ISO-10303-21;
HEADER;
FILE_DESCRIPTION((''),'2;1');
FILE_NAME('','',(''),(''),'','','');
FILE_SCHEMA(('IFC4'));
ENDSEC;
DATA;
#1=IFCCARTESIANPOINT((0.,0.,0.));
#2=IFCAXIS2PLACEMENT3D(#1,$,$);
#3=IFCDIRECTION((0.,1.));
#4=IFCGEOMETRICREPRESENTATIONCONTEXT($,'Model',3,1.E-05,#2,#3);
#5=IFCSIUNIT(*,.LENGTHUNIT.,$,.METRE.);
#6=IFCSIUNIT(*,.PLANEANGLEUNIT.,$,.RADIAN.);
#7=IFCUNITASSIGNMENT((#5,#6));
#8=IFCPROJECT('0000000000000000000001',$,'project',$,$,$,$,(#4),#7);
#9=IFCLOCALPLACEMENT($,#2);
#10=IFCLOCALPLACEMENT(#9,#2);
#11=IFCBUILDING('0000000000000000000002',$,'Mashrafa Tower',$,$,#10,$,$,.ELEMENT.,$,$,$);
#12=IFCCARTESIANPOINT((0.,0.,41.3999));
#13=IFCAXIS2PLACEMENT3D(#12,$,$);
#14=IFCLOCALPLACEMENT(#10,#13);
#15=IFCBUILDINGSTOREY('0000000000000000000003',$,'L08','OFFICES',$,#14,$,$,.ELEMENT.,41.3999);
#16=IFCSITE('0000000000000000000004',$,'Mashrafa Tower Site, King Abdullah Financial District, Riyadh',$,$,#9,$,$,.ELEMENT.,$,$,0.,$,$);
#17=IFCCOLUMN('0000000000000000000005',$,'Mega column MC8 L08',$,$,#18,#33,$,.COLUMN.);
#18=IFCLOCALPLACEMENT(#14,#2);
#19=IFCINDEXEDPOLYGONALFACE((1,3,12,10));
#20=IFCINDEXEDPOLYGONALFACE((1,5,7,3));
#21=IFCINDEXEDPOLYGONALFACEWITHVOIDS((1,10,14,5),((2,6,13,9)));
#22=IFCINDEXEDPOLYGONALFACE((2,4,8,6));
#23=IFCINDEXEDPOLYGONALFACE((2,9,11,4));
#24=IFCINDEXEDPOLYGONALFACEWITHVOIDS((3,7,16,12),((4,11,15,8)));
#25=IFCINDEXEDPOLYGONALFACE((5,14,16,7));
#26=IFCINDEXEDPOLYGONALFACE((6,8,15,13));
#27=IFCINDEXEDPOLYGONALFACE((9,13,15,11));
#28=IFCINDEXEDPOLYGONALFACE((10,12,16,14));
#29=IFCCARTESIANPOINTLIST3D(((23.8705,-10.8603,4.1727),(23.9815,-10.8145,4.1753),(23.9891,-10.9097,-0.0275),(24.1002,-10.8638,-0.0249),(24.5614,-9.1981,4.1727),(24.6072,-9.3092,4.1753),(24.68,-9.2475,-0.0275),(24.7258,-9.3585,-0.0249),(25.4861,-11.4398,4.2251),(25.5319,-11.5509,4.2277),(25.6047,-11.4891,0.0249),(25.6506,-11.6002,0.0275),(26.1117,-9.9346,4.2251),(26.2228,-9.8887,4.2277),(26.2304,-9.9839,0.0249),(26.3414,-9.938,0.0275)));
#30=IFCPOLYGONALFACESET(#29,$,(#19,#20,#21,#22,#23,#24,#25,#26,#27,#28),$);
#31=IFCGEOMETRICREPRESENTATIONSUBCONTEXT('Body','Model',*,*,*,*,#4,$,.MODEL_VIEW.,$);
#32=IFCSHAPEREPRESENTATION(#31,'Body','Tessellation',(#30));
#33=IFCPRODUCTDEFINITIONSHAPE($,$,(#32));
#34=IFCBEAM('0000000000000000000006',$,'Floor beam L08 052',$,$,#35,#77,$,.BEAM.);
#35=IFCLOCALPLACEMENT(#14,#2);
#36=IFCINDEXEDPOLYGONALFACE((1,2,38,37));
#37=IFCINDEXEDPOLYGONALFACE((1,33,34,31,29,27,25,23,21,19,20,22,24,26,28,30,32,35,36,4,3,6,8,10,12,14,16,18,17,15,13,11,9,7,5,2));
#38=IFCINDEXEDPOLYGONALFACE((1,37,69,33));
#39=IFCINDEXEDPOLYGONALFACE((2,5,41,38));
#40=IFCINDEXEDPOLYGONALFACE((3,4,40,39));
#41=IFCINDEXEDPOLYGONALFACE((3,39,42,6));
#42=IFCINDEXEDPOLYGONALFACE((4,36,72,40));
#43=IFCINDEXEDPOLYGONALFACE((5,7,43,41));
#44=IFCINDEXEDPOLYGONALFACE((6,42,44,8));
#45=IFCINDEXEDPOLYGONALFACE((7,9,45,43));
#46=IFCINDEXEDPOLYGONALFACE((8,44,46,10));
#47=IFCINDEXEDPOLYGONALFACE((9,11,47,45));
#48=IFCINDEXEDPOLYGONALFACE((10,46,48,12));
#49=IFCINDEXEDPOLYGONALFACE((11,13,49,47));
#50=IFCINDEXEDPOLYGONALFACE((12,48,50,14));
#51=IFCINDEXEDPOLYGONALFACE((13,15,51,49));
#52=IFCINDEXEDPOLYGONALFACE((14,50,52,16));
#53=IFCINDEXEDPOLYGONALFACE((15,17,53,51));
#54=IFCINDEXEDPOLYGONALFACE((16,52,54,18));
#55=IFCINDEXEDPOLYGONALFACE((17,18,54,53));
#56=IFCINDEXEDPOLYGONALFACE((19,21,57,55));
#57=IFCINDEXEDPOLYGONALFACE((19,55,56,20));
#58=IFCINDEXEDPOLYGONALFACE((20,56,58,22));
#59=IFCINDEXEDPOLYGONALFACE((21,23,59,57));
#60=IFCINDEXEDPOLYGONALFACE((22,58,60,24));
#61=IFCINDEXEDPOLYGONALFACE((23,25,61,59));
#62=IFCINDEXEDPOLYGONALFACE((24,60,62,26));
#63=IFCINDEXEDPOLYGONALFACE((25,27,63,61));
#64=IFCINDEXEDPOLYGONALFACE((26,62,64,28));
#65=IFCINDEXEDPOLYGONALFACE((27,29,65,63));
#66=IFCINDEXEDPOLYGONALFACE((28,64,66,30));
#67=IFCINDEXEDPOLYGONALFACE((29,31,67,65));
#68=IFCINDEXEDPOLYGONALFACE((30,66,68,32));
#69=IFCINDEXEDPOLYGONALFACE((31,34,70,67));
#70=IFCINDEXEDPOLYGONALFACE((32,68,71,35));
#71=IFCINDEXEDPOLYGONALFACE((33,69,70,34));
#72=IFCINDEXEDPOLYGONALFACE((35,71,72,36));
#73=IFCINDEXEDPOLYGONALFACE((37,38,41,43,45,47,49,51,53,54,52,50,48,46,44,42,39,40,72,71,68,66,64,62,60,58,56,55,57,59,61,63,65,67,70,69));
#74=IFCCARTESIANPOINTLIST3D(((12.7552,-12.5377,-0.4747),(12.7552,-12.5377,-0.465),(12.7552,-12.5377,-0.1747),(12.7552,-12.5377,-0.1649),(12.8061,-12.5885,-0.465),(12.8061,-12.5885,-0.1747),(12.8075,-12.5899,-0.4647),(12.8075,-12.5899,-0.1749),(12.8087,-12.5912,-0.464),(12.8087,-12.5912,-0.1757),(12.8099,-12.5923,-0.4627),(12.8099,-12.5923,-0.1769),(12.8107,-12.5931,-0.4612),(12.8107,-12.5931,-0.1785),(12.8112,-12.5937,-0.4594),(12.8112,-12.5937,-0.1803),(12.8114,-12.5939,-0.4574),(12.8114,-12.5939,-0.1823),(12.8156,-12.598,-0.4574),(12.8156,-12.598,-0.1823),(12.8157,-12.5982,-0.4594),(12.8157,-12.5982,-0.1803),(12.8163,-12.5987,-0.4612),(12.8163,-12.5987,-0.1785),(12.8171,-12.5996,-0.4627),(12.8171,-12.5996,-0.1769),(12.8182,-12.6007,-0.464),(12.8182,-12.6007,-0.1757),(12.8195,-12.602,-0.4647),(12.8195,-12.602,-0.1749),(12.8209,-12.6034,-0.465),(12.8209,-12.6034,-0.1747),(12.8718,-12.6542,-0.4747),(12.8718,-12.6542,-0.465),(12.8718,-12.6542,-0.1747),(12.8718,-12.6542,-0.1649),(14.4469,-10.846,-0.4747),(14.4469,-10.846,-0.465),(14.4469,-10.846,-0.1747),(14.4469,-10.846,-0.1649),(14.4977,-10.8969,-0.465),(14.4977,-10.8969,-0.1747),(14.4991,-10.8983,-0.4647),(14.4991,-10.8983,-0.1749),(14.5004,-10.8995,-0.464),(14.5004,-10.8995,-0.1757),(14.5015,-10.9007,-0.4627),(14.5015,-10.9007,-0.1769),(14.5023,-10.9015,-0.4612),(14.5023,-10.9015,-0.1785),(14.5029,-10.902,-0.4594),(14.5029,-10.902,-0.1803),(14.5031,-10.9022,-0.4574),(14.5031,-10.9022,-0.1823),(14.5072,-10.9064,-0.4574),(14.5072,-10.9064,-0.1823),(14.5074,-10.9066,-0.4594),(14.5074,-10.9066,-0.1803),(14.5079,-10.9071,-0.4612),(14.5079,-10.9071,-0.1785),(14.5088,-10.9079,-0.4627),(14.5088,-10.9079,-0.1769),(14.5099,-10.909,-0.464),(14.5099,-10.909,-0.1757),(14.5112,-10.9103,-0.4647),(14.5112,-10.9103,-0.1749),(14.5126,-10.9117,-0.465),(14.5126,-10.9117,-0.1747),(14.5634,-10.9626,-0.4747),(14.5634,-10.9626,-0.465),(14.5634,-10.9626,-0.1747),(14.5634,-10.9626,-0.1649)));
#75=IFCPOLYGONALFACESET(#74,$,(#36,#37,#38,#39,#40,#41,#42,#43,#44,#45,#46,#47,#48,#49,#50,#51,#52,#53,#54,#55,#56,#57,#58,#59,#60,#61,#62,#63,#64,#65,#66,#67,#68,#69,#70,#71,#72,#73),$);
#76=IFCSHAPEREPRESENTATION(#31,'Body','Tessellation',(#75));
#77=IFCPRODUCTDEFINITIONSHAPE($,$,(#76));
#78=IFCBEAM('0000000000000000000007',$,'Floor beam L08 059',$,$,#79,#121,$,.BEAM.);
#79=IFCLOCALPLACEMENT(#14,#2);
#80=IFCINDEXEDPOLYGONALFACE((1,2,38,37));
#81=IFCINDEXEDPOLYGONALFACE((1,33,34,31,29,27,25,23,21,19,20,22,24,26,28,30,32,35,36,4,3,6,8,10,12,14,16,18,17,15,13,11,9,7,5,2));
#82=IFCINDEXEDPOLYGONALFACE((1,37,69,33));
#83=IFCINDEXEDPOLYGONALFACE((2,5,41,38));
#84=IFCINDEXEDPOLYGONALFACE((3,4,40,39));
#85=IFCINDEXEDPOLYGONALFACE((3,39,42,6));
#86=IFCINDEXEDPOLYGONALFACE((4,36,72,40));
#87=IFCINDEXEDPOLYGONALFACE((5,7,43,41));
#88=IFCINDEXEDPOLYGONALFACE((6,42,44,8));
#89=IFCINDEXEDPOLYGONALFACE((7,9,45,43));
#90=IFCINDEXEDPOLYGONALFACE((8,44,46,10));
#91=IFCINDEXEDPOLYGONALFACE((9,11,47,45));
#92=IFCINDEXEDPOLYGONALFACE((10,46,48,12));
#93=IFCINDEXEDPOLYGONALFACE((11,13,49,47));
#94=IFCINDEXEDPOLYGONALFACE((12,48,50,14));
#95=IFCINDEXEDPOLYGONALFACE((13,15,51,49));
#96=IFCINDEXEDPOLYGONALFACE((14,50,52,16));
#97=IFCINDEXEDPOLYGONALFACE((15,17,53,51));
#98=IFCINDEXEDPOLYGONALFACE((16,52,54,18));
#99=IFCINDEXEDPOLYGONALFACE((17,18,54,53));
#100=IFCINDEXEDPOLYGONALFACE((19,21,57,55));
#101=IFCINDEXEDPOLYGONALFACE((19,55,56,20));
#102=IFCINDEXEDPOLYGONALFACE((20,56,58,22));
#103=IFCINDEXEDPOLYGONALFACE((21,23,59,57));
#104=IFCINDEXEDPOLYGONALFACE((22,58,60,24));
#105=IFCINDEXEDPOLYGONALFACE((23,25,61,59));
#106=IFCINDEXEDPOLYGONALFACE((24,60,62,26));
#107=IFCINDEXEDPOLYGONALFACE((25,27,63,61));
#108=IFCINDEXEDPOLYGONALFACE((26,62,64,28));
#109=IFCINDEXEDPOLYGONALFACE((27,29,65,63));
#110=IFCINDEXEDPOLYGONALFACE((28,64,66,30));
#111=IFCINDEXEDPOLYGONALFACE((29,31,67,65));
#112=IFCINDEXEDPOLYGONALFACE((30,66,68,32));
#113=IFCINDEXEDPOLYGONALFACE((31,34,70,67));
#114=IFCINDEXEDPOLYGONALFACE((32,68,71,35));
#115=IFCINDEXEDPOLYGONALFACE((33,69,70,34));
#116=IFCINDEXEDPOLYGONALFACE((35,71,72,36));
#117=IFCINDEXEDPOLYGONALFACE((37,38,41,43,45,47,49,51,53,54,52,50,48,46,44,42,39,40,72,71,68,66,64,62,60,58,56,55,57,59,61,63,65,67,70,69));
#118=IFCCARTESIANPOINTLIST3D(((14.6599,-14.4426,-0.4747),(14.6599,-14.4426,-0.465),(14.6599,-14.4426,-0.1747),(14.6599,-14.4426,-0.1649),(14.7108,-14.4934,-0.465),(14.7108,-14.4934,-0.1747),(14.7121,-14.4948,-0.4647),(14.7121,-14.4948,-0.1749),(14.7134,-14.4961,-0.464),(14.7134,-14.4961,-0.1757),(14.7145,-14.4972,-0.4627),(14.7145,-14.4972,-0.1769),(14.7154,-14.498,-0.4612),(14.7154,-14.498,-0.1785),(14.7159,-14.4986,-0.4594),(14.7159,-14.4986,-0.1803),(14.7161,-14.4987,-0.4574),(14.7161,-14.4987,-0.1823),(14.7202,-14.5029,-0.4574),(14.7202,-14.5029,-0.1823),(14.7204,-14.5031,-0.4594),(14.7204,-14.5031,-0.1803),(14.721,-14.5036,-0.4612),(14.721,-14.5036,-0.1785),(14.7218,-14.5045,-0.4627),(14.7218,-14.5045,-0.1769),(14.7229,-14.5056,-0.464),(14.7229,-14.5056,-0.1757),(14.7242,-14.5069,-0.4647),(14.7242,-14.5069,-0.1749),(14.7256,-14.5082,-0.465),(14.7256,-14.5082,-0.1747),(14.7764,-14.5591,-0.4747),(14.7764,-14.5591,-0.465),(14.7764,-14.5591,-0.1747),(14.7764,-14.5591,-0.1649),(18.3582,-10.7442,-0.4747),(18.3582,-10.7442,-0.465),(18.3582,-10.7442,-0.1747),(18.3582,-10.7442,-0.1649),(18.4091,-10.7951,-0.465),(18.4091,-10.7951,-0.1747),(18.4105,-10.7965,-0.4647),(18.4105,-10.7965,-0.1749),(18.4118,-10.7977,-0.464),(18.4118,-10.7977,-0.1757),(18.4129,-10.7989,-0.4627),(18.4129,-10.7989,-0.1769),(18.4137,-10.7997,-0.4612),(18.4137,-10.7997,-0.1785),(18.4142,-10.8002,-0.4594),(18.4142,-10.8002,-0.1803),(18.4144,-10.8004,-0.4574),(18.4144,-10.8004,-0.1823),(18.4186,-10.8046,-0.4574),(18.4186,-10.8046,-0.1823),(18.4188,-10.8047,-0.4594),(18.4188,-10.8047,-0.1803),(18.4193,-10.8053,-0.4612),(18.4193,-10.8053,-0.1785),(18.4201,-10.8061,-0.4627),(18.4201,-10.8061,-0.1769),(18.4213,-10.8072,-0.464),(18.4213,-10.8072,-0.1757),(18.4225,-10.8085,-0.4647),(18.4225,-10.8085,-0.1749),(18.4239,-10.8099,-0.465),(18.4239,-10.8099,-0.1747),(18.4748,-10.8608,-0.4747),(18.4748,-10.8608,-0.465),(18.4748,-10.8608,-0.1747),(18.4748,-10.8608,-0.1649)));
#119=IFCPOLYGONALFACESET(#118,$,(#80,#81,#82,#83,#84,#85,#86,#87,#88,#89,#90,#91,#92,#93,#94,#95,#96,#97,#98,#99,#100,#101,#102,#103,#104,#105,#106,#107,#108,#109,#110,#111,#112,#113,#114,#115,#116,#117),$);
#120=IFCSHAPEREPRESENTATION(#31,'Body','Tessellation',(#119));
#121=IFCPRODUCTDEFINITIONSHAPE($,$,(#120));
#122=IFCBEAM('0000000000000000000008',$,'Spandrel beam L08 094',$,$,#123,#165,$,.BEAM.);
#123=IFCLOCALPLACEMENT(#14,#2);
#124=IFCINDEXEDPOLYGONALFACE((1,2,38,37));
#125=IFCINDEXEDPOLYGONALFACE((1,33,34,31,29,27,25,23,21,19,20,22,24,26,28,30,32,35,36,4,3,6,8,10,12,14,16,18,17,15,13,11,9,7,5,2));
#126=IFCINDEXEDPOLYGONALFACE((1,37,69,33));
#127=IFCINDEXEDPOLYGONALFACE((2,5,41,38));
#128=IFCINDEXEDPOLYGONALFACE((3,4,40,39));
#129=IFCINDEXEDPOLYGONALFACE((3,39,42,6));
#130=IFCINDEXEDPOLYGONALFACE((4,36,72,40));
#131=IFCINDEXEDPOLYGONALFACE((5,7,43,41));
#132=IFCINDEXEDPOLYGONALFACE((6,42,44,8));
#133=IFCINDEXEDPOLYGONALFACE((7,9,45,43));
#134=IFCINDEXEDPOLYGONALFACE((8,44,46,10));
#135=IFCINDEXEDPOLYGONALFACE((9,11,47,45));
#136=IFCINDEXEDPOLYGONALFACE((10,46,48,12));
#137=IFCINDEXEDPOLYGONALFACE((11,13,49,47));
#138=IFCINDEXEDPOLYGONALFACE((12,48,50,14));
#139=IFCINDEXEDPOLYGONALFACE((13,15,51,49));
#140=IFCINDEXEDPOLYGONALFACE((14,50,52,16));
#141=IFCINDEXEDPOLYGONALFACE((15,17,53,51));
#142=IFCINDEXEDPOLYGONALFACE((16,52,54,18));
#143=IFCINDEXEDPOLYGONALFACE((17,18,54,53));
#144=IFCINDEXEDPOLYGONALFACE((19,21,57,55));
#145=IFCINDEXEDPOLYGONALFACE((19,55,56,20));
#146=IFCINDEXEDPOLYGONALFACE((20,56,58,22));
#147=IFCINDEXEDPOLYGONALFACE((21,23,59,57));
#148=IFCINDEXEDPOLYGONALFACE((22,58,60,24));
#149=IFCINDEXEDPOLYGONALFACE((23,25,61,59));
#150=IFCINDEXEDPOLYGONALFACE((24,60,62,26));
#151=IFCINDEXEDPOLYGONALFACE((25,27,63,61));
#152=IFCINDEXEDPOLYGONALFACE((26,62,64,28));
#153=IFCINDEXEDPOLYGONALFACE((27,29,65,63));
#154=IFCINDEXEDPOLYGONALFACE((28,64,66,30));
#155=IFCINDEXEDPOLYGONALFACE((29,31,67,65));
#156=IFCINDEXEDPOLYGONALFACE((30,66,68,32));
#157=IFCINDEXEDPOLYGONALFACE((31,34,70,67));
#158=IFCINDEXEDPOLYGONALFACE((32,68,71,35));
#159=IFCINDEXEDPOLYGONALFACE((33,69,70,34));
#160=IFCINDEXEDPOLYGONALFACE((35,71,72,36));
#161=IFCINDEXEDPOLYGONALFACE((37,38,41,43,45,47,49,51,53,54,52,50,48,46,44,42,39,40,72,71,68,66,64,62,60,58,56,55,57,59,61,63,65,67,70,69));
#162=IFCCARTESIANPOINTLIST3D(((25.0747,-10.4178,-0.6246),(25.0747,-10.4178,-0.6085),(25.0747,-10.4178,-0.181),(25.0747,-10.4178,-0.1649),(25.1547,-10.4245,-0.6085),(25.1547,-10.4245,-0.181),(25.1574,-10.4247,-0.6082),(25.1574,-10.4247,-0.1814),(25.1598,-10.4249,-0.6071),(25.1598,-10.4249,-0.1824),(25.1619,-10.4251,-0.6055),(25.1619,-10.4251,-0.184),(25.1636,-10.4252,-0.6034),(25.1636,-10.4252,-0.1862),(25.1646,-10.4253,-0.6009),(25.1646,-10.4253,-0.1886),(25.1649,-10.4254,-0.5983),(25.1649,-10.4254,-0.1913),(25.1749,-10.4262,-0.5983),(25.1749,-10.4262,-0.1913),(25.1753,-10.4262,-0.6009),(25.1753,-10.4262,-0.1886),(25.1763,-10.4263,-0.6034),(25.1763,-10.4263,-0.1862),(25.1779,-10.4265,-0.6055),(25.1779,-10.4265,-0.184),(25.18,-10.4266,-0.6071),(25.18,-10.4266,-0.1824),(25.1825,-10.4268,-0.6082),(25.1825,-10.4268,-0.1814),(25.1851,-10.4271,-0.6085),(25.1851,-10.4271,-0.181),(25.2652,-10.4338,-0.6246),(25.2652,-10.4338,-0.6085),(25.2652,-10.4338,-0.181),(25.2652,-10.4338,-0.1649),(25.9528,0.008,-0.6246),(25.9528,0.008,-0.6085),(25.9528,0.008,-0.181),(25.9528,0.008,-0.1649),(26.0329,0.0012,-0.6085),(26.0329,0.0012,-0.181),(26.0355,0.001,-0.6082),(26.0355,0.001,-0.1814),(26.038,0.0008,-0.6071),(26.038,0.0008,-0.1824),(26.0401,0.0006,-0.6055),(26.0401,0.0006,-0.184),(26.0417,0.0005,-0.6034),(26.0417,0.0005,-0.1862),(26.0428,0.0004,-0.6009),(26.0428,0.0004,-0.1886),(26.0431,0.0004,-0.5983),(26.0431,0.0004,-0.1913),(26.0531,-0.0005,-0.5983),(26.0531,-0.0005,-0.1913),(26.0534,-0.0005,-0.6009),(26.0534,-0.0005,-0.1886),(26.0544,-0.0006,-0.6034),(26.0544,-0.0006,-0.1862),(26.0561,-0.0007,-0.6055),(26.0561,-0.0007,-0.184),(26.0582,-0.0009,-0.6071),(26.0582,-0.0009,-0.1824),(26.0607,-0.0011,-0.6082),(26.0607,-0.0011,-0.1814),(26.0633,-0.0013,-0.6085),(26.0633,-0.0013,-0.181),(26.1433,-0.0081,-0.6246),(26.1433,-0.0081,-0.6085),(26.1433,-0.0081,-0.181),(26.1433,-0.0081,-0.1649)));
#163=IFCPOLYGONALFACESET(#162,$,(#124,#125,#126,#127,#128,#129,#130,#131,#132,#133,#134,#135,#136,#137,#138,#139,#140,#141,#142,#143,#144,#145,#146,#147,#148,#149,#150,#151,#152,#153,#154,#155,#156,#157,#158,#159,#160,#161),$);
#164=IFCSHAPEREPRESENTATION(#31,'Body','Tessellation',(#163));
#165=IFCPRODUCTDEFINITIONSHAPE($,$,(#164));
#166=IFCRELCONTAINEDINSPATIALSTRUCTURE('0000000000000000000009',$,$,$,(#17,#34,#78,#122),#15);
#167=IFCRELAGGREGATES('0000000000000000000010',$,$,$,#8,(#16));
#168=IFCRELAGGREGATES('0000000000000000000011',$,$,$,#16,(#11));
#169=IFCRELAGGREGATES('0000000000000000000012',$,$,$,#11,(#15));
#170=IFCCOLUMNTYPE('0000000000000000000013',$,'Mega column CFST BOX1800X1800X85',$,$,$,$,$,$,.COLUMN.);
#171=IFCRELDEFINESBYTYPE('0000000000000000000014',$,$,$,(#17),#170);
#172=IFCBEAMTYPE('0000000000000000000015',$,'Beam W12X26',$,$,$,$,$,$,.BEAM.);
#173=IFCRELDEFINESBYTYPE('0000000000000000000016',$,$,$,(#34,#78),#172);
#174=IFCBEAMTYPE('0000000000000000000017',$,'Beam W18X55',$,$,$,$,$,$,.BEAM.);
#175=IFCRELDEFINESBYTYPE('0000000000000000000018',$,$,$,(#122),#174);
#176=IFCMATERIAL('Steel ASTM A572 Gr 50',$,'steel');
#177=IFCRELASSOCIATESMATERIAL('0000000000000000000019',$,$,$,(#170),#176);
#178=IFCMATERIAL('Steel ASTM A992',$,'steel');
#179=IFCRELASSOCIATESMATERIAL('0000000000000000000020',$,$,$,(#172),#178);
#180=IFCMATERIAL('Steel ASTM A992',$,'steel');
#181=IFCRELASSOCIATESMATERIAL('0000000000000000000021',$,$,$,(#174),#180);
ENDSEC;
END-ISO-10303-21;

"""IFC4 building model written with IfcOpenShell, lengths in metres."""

from ifc_helpers import new_model, si_unit, direction, frame, origin, origin_2d, place, context, subcontext, project, spatial, hollow_rectangle, i_section, extrude, material, material_profile, profile_set, type_object, element, save


model = new_model("IFC4")

# Units and contexts
model_context = context("Model", 3, precision=1e-05, world=origin(), true_north=direction((0.0, 1.0)))
body_context = subcontext(model_context, "Body", "Model", "MODEL_VIEW")
ifc_project = project(units=[si_unit("LENGTHUNIT", "METRE"), si_unit("PLANEANGLEUNIT", "RADIAN")], contexts=[model_context])

# Site, building, storey
site_placement = place(None, origin())
site = spatial("IfcSite", under=ifc_project, at=site_placement, Name="Mashrafa Tower Site, King Abdullah Financial District, Riyadh", CompositionType="ELEMENT", RefElevation=0.0)
building_placement = place(site_placement, origin())
building = spatial("IfcBuilding", under=site, at=building_placement, Name="Mashrafa Tower", CompositionType="ELEMENT")
storey_placement = place(building_placement, frame((0.0, 0.0, 41.3999)))
storey = spatial("IfcBuildingStorey", under=building, at=storey_placement, Name="L08", Description="OFFICES", CompositionType="ELEMENT", Elevation=41.3999)

# Column
ifc_material_1 = material(Name="Steel ASTM A572 Gr 50", Category="steel")
ifc_material_profile_1 = material_profile(ifc_material_1, hollow_rectangle(XDim=1.8, YDim=1.8, WallThickness=0.085, at=origin_2d()), Name="BOX1800X1800X85")
ifc_profile_set_1 = profile_set([ifc_material_profile_1], Name="Steel ASTM A572 Gr 50")
column_type = type_object("IfcColumnType", Name="Mega column CFST BOX1800X1800X85", PredefinedType="COLUMN", material=ifc_profile_set_1)
column_placement = place(storey_placement, frame((25.1653, -10.4238, 0.0), z_axis=(-0.028236, 0.011736, 0.999532), x_axis=(-0.383806, -0.923414, 0.0)))
element("IfcColumn", 1, at=column_placement, inside=storey, type_object=column_type, Name="Mega column MC8 L08", PredefinedType="COLUMN", context=body_context, shape_type="SweptSolid", body=[
    extrude(hollow_rectangle(XDim=1.8, YDim=1.8, WallThickness=0.085, at=origin_2d()), origin(), (0.0, 0.0, 1.0), 4.2021),
])

# Beams
ifc_material_2 = material(Name="Steel ASTM A992", Category="steel")
ifc_material_profile_2 = material_profile(ifc_material_2, i_section(OverallWidth=0.1648, OverallDepth=0.3098, WebThickness=0.0059, FlangeThickness=0.0098, FilletRadius=0.0076, at=origin_2d()), Name="W12X26")
ifc_profile_set_2 = profile_set([ifc_material_profile_2], Name="Steel ASTM A992")
beam_type_1 = type_object("IfcBeamType", Name="Beam W12X26", PredefinedType="BEAM", material=ifc_profile_set_2)
beam_1_placement = place(storey_placement, frame((14.5051, -10.9043, -0.3198), z_axis=(-0.707107, -0.707107, 0.0), x_axis=(0.707107, -0.707107, 0.0)))
element("IfcBeam", 2, at=beam_1_placement, inside=storey, type_object=beam_type_1, Name="Floor beam L08 052", PredefinedType="BEAM", context=body_context, shape_type="SweptSolid", body=[
    extrude(i_section(OverallWidth=0.1648, OverallDepth=0.3098, WebThickness=0.0059, FlangeThickness=0.0098, FilletRadius=0.0076, at=origin_2d()), origin(), (0.0, 0.0, 1.0), 2.3923),
])
beam_2_placement = place(storey_placement, frame((18.4165, -10.8025, -0.3198), z_axis=(-0.707107, -0.707107, 0.0), x_axis=(0.707107, -0.707107, 0.0)))
element("IfcBeam", 3, at=beam_2_placement, inside=storey, type_object=beam_type_1, Name="Floor beam L08 059", PredefinedType="BEAM", context=body_context, shape_type="SweptSolid", body=[
    extrude(i_section(OverallWidth=0.1648, OverallDepth=0.3098, WebThickness=0.0059, FlangeThickness=0.0098, FilletRadius=0.0076, at=origin_2d()), origin(), (0.0, 0.0, 1.0), 5.2302),
])
ifc_material_3 = material(Name="Steel ASTM A992", Category="steel")
ifc_material_profile_3 = material_profile(ifc_material_3, i_section(OverallWidth=0.1912, OverallDepth=0.4597, WebThickness=0.01, FlangeThickness=0.0161, FilletRadius=0.0103, at=origin_2d()), Name="W18X55")
ifc_profile_set_3 = profile_set([ifc_material_profile_3], Name="Steel ASTM A992")
beam_type_2 = type_object("IfcBeamType", Name="Beam W18X55", PredefinedType="BEAM", material=ifc_profile_set_3)
beam_3_placement = place(storey_placement, frame((25.1699, -10.4258, -0.3948), z_axis=(0.083934, 0.996471, 0.0), x_axis=(-0.996471, 0.083934, 0.0)))
element("IfcBeam", 4, at=beam_3_placement, inside=storey, type_object=beam_type_2, Name="Spandrel beam L08 094", PredefinedType="BEAM", context=body_context, shape_type="SweptSolid", body=[
    extrude(i_section(OverallWidth=0.1912, OverallDepth=0.4597, WebThickness=0.01, FlangeThickness=0.0161, FilletRadius=0.0103, at=origin_2d()), origin(), (0.0, 0.0, 1.0), 10.4626),
])

save(model, "model.ifc")
